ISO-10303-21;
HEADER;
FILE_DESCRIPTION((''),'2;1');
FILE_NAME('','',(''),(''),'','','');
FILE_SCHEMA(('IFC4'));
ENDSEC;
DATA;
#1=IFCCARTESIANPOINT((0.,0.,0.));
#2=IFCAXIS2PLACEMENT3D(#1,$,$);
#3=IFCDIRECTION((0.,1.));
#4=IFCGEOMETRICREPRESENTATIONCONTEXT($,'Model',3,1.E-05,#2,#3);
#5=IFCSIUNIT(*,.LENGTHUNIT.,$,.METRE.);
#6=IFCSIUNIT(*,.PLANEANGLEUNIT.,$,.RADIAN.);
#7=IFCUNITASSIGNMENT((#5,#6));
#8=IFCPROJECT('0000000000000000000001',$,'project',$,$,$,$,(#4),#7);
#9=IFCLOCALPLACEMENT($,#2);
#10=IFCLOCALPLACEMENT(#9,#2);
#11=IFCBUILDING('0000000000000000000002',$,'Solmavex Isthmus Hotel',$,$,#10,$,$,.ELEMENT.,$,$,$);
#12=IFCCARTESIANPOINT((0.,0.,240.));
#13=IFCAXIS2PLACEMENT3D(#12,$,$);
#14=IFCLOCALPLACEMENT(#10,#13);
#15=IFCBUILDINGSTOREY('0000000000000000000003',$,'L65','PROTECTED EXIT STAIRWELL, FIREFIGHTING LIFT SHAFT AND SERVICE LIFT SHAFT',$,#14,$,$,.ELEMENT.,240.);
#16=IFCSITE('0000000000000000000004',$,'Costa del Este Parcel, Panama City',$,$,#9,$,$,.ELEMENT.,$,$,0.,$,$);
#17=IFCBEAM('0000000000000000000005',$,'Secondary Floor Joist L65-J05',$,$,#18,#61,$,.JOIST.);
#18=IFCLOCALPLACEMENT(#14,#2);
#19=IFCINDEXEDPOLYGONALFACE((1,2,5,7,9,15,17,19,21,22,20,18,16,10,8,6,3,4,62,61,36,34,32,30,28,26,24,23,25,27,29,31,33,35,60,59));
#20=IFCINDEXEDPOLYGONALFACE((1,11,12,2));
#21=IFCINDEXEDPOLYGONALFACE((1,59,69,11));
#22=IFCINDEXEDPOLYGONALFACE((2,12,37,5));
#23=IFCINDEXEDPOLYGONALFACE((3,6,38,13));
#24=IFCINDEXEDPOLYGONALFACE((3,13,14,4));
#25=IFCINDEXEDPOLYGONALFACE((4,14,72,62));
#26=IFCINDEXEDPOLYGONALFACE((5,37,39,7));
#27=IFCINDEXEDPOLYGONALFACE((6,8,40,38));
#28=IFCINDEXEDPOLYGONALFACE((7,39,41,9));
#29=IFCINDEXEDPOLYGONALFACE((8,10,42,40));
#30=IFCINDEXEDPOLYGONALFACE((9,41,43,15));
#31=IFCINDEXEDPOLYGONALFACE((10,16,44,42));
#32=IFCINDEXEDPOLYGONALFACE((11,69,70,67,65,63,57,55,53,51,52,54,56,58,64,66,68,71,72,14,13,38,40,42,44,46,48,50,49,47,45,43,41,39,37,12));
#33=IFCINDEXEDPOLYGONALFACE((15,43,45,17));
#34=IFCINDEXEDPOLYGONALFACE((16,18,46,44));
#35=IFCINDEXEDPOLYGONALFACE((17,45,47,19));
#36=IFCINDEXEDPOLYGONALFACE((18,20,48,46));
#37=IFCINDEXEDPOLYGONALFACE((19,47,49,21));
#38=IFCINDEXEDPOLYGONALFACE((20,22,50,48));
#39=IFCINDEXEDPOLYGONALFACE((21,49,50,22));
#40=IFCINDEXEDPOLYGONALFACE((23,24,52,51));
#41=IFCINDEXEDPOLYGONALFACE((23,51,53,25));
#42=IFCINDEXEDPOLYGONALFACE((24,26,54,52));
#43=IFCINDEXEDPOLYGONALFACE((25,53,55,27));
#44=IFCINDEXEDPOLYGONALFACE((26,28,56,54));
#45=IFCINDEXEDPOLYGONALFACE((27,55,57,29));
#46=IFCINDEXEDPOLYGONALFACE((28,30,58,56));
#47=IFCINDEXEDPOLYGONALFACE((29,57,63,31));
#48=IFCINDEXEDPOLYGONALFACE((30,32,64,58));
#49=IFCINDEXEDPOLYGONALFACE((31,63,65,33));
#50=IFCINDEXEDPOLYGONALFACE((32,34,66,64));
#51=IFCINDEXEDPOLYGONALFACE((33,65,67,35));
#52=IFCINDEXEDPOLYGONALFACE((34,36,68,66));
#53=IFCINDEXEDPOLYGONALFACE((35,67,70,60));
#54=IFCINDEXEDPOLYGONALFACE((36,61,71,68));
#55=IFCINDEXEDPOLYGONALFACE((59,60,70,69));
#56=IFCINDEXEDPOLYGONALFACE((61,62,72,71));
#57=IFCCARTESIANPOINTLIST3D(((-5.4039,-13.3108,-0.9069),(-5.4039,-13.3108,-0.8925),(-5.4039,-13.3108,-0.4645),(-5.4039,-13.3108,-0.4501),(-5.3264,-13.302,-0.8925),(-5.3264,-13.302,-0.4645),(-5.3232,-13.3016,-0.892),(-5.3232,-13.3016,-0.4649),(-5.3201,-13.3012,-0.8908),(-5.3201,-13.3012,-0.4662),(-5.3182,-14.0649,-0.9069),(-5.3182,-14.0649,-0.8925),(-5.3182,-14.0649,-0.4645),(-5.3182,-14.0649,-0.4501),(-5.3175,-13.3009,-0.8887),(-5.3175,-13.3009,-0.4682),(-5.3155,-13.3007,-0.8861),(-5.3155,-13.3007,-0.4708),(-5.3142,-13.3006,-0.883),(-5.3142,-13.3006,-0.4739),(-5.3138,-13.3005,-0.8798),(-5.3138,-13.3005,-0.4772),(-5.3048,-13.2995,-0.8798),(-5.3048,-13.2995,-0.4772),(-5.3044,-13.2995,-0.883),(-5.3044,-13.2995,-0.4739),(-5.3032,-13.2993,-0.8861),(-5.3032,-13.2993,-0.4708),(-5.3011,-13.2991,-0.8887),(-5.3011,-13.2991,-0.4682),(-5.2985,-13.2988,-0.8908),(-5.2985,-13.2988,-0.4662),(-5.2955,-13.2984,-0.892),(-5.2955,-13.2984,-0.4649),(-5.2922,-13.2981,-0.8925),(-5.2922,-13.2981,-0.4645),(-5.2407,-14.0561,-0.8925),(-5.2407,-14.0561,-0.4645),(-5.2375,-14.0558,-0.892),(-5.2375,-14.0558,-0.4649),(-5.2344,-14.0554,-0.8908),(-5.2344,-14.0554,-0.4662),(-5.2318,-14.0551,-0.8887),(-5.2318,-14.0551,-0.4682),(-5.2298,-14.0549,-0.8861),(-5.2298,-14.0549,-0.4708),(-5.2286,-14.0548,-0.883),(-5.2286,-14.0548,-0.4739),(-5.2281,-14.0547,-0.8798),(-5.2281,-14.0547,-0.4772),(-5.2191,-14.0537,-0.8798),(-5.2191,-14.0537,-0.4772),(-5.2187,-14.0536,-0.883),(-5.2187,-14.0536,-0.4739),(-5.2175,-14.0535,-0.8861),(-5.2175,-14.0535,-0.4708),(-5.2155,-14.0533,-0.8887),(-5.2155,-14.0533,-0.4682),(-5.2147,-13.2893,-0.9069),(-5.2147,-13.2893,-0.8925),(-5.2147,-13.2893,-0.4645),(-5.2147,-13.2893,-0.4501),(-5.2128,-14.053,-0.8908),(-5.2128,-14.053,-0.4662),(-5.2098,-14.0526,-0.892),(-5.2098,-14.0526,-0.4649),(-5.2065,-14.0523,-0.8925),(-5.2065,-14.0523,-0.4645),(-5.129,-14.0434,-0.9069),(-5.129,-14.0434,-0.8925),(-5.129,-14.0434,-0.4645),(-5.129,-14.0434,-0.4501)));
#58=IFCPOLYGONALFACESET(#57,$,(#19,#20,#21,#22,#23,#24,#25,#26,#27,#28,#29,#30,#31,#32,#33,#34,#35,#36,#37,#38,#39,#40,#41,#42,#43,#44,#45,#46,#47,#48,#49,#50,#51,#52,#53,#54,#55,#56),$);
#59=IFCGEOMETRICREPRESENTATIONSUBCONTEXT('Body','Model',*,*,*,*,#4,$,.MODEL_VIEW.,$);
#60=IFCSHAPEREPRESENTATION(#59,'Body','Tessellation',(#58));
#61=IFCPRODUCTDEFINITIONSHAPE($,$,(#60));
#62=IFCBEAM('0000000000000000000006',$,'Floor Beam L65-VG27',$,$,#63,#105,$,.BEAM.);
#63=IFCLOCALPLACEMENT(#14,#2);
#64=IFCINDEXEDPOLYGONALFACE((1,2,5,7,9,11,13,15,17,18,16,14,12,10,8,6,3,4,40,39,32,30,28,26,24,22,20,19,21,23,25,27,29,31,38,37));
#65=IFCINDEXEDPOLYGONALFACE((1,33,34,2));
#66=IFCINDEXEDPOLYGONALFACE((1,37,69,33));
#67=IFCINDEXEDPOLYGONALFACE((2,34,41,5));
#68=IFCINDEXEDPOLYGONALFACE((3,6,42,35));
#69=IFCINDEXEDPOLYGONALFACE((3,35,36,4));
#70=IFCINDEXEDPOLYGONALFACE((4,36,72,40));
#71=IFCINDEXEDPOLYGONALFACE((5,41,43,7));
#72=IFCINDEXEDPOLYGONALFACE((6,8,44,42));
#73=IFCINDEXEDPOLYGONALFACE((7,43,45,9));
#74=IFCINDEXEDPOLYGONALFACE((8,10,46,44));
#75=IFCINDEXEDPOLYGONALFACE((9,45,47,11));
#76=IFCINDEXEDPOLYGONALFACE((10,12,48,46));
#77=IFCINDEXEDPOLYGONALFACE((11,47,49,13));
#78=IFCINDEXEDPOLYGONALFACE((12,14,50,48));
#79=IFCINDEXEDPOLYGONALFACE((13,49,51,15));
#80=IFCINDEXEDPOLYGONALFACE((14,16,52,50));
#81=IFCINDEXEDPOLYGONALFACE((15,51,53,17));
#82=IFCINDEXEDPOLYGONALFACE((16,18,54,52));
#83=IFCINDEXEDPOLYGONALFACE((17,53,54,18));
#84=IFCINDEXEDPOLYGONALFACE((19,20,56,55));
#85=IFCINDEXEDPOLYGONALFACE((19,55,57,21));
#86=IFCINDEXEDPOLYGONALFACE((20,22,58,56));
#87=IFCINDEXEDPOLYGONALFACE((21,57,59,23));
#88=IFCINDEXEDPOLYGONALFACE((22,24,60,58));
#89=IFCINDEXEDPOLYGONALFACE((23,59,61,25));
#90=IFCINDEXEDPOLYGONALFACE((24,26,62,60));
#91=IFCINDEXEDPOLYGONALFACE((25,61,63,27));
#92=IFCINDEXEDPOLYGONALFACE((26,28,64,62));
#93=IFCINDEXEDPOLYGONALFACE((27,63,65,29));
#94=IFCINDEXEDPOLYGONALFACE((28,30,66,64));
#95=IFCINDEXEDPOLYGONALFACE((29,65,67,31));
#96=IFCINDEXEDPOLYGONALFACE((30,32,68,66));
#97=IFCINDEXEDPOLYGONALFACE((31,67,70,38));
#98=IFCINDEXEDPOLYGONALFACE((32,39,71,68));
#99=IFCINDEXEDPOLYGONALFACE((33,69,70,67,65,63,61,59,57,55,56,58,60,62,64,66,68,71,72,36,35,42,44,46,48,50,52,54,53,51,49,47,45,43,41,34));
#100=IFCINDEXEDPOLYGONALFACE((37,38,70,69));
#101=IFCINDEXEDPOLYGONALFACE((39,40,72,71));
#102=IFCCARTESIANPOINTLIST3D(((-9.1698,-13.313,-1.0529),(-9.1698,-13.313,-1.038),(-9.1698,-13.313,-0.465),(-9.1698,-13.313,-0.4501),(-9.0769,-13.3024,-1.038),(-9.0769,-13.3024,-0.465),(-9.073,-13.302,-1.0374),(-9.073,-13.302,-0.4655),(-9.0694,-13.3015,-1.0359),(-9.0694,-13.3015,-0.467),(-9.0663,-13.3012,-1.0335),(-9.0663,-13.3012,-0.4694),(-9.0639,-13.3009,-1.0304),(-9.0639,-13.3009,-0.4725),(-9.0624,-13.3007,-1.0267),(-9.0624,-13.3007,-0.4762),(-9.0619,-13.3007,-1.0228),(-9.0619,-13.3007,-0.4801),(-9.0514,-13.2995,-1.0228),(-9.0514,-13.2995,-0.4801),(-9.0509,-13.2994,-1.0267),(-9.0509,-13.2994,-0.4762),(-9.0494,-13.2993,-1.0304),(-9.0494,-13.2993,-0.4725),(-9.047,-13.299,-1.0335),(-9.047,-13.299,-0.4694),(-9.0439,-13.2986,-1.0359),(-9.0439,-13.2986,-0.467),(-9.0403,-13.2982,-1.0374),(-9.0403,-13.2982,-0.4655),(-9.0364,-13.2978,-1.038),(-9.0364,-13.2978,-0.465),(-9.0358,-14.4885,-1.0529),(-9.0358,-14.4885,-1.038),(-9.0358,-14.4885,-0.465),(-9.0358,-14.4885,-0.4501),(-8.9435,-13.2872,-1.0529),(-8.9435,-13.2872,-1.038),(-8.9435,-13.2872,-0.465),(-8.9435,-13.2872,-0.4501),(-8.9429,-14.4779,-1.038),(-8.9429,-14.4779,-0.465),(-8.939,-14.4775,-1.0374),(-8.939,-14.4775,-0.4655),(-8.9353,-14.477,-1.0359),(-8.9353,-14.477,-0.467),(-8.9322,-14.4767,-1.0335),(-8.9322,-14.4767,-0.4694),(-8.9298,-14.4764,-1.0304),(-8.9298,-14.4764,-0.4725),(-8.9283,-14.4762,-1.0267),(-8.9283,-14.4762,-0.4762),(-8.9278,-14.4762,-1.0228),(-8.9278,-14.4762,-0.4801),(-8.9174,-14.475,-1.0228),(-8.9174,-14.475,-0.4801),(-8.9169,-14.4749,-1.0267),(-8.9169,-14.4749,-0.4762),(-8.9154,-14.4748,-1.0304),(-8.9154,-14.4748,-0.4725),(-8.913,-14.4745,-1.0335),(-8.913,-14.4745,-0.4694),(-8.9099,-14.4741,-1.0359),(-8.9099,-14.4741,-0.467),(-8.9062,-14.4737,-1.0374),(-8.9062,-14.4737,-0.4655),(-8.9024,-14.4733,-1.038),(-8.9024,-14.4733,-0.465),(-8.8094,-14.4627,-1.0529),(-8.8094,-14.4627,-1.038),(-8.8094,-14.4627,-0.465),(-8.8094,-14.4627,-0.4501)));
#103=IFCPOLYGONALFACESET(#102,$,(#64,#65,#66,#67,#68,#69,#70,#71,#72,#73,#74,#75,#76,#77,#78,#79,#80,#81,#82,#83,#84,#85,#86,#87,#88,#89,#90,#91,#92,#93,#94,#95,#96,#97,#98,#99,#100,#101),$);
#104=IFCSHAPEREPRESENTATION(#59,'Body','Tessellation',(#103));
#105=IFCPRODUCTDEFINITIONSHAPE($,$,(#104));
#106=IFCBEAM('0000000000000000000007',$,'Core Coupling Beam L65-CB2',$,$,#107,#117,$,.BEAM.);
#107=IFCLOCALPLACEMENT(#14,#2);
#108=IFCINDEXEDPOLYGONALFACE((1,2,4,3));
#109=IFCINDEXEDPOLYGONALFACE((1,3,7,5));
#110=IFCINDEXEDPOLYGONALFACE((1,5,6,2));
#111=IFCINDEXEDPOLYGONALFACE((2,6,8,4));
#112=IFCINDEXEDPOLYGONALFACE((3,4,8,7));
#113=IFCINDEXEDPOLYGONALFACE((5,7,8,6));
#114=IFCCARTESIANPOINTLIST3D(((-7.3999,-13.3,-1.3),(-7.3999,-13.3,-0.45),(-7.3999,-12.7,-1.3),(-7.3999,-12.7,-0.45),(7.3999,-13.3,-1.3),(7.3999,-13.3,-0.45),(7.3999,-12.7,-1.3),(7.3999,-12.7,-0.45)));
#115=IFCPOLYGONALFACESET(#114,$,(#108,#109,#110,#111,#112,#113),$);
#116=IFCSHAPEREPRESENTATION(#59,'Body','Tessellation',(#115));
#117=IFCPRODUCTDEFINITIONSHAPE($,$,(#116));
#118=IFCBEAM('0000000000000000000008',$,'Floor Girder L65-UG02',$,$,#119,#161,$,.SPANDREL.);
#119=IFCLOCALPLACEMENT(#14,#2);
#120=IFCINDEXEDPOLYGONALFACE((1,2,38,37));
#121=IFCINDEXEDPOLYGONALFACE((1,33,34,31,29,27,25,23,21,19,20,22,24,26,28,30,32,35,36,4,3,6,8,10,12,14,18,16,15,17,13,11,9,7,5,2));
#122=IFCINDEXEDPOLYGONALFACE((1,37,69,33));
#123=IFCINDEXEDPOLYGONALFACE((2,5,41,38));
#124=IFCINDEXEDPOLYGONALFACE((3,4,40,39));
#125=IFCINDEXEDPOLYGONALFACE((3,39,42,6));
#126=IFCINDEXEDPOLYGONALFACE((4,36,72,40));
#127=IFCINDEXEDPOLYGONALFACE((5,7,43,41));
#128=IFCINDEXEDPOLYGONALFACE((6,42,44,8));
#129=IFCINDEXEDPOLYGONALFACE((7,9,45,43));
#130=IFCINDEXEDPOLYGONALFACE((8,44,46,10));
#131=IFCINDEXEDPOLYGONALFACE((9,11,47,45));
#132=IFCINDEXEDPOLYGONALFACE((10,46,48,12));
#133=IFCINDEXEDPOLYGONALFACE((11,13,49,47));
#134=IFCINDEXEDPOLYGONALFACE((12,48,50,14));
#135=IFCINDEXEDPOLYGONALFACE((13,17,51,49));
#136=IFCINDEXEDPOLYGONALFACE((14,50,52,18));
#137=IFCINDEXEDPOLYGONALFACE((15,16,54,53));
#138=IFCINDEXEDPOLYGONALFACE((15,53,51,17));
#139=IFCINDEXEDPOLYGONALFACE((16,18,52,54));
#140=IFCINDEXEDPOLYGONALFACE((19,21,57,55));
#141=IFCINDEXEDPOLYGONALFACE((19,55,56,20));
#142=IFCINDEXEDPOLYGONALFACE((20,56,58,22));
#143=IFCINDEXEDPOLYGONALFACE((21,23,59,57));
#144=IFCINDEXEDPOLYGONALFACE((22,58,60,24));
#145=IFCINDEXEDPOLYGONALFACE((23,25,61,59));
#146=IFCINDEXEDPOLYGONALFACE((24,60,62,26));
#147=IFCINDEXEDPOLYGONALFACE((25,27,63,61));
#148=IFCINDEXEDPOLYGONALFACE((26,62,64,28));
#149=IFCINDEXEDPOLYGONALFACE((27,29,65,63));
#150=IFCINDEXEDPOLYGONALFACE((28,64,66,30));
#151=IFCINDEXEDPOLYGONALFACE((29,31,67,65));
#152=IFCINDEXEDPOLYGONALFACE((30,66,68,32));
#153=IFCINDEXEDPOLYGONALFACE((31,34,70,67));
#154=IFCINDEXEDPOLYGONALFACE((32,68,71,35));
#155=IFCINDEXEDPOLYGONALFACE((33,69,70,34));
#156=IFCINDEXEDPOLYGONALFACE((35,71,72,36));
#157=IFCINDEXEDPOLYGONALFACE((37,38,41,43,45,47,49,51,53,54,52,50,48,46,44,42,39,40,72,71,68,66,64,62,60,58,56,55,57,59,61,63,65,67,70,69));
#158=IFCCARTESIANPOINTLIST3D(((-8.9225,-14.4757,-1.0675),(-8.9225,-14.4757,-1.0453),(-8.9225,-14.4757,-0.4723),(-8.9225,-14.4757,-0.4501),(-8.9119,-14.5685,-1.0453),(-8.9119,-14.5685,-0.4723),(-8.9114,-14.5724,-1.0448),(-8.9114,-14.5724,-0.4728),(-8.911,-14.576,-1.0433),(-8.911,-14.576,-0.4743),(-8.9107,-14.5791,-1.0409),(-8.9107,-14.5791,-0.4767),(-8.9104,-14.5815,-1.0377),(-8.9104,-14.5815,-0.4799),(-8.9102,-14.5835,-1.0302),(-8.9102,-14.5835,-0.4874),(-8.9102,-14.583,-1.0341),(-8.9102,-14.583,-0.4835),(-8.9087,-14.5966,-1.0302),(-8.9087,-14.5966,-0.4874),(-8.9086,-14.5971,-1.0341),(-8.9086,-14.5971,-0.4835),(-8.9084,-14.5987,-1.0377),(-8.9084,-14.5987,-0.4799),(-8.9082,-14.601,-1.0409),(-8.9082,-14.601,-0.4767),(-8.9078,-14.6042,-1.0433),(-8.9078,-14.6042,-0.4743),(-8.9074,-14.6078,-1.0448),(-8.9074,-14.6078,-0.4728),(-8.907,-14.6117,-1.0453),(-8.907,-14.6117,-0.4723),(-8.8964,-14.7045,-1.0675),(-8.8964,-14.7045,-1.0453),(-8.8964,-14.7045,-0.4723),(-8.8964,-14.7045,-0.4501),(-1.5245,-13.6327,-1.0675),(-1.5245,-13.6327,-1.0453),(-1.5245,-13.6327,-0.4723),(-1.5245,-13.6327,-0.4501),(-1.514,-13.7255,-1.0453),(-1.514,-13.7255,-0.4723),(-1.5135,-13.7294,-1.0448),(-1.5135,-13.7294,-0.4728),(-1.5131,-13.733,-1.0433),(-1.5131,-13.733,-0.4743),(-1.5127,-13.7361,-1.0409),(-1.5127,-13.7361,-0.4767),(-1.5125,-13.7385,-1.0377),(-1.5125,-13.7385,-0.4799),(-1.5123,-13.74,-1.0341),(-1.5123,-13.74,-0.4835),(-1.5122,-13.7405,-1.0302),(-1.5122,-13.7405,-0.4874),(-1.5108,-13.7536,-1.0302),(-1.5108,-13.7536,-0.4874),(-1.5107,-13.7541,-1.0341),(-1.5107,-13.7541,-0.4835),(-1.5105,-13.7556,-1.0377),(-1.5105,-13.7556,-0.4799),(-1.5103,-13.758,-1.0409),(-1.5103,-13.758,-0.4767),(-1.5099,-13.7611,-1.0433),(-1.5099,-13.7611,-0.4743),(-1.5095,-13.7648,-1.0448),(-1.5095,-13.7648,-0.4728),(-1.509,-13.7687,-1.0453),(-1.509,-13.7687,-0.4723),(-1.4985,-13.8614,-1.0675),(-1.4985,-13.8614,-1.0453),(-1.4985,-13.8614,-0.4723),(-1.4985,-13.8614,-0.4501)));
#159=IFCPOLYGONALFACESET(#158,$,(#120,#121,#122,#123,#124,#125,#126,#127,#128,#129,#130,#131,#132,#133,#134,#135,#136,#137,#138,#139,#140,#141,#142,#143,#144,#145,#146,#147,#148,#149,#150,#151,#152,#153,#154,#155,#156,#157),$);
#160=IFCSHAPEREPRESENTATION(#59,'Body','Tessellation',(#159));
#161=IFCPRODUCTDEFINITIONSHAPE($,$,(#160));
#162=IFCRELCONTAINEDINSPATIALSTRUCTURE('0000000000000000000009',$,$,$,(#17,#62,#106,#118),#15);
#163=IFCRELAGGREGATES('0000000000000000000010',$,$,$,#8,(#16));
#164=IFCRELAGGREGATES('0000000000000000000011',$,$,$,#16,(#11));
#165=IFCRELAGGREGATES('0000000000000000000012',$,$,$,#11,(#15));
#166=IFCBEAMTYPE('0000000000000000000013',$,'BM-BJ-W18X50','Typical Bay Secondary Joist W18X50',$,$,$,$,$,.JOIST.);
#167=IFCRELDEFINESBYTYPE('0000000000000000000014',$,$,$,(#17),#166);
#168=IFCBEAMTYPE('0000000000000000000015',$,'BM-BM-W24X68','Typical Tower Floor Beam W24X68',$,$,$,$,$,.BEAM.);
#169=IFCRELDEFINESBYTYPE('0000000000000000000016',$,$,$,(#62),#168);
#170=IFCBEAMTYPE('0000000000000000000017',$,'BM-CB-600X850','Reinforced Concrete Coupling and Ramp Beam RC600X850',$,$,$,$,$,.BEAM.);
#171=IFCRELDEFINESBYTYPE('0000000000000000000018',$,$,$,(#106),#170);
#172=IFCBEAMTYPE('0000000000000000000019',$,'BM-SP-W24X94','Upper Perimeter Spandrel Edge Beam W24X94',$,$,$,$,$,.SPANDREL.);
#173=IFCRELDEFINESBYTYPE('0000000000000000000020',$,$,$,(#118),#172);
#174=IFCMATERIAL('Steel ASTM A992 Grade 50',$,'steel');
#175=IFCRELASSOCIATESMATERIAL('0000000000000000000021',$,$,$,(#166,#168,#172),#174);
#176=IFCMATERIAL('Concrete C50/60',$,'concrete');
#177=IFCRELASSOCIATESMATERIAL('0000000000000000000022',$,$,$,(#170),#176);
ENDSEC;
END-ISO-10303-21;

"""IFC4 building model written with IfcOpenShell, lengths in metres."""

from ifc_helpers import new_model, si_unit, direction, frame, origin, origin_2d, place, context, subcontext, project, spatial, rectangle, i_section, extrude, material, material_profile, profile_set, type_object, element, save


model = new_model("IFC4")

# Units and contexts
model_context = context("Model", 3, precision=1e-05, world=origin(), true_north=direction((0.0, 1.0)))
body_context = subcontext(model_context, "Body", "Model", "MODEL_VIEW")
ifc_project = project(units=[si_unit("LENGTHUNIT", "METRE"), si_unit("PLANEANGLEUNIT", "RADIAN")], contexts=[model_context])

# Site, building, storey
site_placement = place(None, origin())
site = spatial("IfcSite", under=ifc_project, at=site_placement, Name="Costa del Este Parcel, Panama City", CompositionType="ELEMENT", RefElevation=0.0)
building_placement = place(site_placement, origin())
building = spatial("IfcBuilding", under=site, at=building_placement, Name="Solmavex Isthmus Hotel", CompositionType="ELEMENT")
storey_placement = place(building_placement, frame((0.0, 0.0, 240.0)))
storey = spatial("IfcBuildingStorey", under=building, at=storey_placement, Name="L65", Description="PROTECTED EXIT STAIRWELL, FIREFIGHTING LIFT SHAFT AND SERVICE LIFT SHAFT", CompositionType="ELEMENT", Elevation=240.0)

# Shared definitions
ifc_material_1 = material(Name="Concrete C50/60", Category="concrete")

# Beams
ifc_material_2 = material(Name="Steel ASTM A992 Grade 50", Category="steel")
ifc_material_profile_1 = material_profile(ifc_material_2, i_section(OverallWidth=0.1904, OverallDepth=0.4568, WebThickness=0.009, FlangeThickness=0.0144, FilletRadius=0.0127, at=origin_2d()), Name="W18X50")
ifc_profile_set_1 = profile_set([ifc_material_profile_1], Name="Steel ASTM A992 Grade 50")
beam_type_1 = type_object("IfcBeamType", Name="BM-BJ-W18X50", Description="Typical Bay Secondary Joist W18X50", PredefinedType="JOIST", material=ifc_profile_set_1)
beam_1_placement = place(storey_placement, frame((-5.2236, -14.0542, -0.6785), z_axis=(-0.112902, 0.993606, 0.0), x_axis=(-0.993606, -0.112902, 0.0)))
element("IfcBeam", 1, at=beam_1_placement, inside=storey, type_object=beam_type_1, Name="Secondary Floor Joist L65-J05", PredefinedType="JOIST", context=body_context, shape_type="SweptSolid", body=[
    extrude(i_section(OverallWidth=0.1904, OverallDepth=0.4568, WebThickness=0.009, FlangeThickness=0.0144, FilletRadius=0.0127, at=origin_2d()), origin(), (0.0, 0.0, 1.0), 0.759),
])
ifc_material_profile_2 = material_profile(ifc_material_2, i_section(OverallWidth=0.2278, OverallDepth=0.6028, WebThickness=0.0105, FlangeThickness=0.0149, FilletRadius=0.0151, at=origin_2d()), Name="W24X68")
ifc_profile_set_2 = profile_set([ifc_material_profile_2], Name="Steel ASTM A992 Grade 50")
beam_type_2 = type_object("IfcBeamType", Name="BM-BM-W24X68", Description="Typical Tower Floor Beam W24X68", PredefinedType="BEAM", material=ifc_profile_set_2)
beam_2_placement = place(storey_placement, frame((-8.9226, -14.4756, -0.7515), z_axis=(-0.113285, 0.993563, 0.0), x_axis=(-0.993563, -0.113285, 0.0)))
element("IfcBeam", 2, at=beam_2_placement, inside=storey, type_object=beam_type_2, Name="Floor Beam L65-VG27", PredefinedType="BEAM", context=body_context, shape_type="SweptSolid", body=[
    extrude(i_section(OverallWidth=0.2278, OverallDepth=0.6028, WebThickness=0.0105, FlangeThickness=0.0149, FilletRadius=0.0151, at=origin_2d()), origin(), (0.0, 0.0, 1.0), 1.1831),
])
ifc_material_profile_3 = material_profile(ifc_material_1, rectangle(XDim=0.6001, YDim=0.8501, at=origin_2d()), Name="RC600X850")
ifc_profile_set_3 = profile_set([ifc_material_profile_3], Name="Concrete C50/60")
beam_type_3 = type_object("IfcBeamType", Name="BM-CB-600X850", Description="Reinforced Concrete Coupling and Ramp Beam RC600X850", PredefinedType="BEAM", material=ifc_profile_set_3)
beam_3_placement = place(storey_placement, frame((-7.3999, -13.0, -0.875), z_axis=(1.0, 0.0, 0.0), x_axis=(0.0, 1.0, 0.0)))
element("IfcBeam", 3, at=beam_3_placement, inside=storey, type_object=beam_type_3, Name="Core Coupling Beam L65-CB2", PredefinedType="BEAM", context=body_context, shape_type="SweptSolid", body=[
    extrude(rectangle(XDim=0.6001, YDim=0.8501, at=origin_2d()), origin(), (0.0, 0.0, 1.0), 14.7998),
])
ifc_material_profile_4 = material_profile(ifc_material_2, i_section(OverallWidth=0.2302, OverallDepth=0.6174, WebThickness=0.0132, FlangeThickness=0.0222, FilletRadius=0.0151, at=origin_2d()), Name="W24X94")
ifc_profile_set_4 = profile_set([ifc_material_profile_4], Name="Steel ASTM A992 Grade 50")
beam_type_4 = type_object("IfcBeamType", Name="BM-SP-W24X94", Description="Upper Perimeter Spandrel Edge Beam W24X94", PredefinedType="SPANDREL", material=ifc_profile_set_4)
beam_4_placement = place(storey_placement, frame((-8.9094, -14.5901, -0.7588), z_axis=(0.99357, 0.11322, 0.0), x_axis=(-0.11322, 0.99357, 0.0)))
element("IfcBeam", 4, at=beam_4_placement, inside=storey, type_object=beam_type_4, Name="Floor Girder L65-UG02", PredefinedType="SPANDREL", context=body_context, shape_type="SweptSolid", body=[
    extrude(i_section(OverallWidth=0.2302, OverallDepth=0.6174, WebThickness=0.0132, FlangeThickness=0.0222, FilletRadius=0.0151, at=origin_2d()), origin(), (0.0, 0.0, 1.0), 7.4458),
])

save(model, "model.ifc")
